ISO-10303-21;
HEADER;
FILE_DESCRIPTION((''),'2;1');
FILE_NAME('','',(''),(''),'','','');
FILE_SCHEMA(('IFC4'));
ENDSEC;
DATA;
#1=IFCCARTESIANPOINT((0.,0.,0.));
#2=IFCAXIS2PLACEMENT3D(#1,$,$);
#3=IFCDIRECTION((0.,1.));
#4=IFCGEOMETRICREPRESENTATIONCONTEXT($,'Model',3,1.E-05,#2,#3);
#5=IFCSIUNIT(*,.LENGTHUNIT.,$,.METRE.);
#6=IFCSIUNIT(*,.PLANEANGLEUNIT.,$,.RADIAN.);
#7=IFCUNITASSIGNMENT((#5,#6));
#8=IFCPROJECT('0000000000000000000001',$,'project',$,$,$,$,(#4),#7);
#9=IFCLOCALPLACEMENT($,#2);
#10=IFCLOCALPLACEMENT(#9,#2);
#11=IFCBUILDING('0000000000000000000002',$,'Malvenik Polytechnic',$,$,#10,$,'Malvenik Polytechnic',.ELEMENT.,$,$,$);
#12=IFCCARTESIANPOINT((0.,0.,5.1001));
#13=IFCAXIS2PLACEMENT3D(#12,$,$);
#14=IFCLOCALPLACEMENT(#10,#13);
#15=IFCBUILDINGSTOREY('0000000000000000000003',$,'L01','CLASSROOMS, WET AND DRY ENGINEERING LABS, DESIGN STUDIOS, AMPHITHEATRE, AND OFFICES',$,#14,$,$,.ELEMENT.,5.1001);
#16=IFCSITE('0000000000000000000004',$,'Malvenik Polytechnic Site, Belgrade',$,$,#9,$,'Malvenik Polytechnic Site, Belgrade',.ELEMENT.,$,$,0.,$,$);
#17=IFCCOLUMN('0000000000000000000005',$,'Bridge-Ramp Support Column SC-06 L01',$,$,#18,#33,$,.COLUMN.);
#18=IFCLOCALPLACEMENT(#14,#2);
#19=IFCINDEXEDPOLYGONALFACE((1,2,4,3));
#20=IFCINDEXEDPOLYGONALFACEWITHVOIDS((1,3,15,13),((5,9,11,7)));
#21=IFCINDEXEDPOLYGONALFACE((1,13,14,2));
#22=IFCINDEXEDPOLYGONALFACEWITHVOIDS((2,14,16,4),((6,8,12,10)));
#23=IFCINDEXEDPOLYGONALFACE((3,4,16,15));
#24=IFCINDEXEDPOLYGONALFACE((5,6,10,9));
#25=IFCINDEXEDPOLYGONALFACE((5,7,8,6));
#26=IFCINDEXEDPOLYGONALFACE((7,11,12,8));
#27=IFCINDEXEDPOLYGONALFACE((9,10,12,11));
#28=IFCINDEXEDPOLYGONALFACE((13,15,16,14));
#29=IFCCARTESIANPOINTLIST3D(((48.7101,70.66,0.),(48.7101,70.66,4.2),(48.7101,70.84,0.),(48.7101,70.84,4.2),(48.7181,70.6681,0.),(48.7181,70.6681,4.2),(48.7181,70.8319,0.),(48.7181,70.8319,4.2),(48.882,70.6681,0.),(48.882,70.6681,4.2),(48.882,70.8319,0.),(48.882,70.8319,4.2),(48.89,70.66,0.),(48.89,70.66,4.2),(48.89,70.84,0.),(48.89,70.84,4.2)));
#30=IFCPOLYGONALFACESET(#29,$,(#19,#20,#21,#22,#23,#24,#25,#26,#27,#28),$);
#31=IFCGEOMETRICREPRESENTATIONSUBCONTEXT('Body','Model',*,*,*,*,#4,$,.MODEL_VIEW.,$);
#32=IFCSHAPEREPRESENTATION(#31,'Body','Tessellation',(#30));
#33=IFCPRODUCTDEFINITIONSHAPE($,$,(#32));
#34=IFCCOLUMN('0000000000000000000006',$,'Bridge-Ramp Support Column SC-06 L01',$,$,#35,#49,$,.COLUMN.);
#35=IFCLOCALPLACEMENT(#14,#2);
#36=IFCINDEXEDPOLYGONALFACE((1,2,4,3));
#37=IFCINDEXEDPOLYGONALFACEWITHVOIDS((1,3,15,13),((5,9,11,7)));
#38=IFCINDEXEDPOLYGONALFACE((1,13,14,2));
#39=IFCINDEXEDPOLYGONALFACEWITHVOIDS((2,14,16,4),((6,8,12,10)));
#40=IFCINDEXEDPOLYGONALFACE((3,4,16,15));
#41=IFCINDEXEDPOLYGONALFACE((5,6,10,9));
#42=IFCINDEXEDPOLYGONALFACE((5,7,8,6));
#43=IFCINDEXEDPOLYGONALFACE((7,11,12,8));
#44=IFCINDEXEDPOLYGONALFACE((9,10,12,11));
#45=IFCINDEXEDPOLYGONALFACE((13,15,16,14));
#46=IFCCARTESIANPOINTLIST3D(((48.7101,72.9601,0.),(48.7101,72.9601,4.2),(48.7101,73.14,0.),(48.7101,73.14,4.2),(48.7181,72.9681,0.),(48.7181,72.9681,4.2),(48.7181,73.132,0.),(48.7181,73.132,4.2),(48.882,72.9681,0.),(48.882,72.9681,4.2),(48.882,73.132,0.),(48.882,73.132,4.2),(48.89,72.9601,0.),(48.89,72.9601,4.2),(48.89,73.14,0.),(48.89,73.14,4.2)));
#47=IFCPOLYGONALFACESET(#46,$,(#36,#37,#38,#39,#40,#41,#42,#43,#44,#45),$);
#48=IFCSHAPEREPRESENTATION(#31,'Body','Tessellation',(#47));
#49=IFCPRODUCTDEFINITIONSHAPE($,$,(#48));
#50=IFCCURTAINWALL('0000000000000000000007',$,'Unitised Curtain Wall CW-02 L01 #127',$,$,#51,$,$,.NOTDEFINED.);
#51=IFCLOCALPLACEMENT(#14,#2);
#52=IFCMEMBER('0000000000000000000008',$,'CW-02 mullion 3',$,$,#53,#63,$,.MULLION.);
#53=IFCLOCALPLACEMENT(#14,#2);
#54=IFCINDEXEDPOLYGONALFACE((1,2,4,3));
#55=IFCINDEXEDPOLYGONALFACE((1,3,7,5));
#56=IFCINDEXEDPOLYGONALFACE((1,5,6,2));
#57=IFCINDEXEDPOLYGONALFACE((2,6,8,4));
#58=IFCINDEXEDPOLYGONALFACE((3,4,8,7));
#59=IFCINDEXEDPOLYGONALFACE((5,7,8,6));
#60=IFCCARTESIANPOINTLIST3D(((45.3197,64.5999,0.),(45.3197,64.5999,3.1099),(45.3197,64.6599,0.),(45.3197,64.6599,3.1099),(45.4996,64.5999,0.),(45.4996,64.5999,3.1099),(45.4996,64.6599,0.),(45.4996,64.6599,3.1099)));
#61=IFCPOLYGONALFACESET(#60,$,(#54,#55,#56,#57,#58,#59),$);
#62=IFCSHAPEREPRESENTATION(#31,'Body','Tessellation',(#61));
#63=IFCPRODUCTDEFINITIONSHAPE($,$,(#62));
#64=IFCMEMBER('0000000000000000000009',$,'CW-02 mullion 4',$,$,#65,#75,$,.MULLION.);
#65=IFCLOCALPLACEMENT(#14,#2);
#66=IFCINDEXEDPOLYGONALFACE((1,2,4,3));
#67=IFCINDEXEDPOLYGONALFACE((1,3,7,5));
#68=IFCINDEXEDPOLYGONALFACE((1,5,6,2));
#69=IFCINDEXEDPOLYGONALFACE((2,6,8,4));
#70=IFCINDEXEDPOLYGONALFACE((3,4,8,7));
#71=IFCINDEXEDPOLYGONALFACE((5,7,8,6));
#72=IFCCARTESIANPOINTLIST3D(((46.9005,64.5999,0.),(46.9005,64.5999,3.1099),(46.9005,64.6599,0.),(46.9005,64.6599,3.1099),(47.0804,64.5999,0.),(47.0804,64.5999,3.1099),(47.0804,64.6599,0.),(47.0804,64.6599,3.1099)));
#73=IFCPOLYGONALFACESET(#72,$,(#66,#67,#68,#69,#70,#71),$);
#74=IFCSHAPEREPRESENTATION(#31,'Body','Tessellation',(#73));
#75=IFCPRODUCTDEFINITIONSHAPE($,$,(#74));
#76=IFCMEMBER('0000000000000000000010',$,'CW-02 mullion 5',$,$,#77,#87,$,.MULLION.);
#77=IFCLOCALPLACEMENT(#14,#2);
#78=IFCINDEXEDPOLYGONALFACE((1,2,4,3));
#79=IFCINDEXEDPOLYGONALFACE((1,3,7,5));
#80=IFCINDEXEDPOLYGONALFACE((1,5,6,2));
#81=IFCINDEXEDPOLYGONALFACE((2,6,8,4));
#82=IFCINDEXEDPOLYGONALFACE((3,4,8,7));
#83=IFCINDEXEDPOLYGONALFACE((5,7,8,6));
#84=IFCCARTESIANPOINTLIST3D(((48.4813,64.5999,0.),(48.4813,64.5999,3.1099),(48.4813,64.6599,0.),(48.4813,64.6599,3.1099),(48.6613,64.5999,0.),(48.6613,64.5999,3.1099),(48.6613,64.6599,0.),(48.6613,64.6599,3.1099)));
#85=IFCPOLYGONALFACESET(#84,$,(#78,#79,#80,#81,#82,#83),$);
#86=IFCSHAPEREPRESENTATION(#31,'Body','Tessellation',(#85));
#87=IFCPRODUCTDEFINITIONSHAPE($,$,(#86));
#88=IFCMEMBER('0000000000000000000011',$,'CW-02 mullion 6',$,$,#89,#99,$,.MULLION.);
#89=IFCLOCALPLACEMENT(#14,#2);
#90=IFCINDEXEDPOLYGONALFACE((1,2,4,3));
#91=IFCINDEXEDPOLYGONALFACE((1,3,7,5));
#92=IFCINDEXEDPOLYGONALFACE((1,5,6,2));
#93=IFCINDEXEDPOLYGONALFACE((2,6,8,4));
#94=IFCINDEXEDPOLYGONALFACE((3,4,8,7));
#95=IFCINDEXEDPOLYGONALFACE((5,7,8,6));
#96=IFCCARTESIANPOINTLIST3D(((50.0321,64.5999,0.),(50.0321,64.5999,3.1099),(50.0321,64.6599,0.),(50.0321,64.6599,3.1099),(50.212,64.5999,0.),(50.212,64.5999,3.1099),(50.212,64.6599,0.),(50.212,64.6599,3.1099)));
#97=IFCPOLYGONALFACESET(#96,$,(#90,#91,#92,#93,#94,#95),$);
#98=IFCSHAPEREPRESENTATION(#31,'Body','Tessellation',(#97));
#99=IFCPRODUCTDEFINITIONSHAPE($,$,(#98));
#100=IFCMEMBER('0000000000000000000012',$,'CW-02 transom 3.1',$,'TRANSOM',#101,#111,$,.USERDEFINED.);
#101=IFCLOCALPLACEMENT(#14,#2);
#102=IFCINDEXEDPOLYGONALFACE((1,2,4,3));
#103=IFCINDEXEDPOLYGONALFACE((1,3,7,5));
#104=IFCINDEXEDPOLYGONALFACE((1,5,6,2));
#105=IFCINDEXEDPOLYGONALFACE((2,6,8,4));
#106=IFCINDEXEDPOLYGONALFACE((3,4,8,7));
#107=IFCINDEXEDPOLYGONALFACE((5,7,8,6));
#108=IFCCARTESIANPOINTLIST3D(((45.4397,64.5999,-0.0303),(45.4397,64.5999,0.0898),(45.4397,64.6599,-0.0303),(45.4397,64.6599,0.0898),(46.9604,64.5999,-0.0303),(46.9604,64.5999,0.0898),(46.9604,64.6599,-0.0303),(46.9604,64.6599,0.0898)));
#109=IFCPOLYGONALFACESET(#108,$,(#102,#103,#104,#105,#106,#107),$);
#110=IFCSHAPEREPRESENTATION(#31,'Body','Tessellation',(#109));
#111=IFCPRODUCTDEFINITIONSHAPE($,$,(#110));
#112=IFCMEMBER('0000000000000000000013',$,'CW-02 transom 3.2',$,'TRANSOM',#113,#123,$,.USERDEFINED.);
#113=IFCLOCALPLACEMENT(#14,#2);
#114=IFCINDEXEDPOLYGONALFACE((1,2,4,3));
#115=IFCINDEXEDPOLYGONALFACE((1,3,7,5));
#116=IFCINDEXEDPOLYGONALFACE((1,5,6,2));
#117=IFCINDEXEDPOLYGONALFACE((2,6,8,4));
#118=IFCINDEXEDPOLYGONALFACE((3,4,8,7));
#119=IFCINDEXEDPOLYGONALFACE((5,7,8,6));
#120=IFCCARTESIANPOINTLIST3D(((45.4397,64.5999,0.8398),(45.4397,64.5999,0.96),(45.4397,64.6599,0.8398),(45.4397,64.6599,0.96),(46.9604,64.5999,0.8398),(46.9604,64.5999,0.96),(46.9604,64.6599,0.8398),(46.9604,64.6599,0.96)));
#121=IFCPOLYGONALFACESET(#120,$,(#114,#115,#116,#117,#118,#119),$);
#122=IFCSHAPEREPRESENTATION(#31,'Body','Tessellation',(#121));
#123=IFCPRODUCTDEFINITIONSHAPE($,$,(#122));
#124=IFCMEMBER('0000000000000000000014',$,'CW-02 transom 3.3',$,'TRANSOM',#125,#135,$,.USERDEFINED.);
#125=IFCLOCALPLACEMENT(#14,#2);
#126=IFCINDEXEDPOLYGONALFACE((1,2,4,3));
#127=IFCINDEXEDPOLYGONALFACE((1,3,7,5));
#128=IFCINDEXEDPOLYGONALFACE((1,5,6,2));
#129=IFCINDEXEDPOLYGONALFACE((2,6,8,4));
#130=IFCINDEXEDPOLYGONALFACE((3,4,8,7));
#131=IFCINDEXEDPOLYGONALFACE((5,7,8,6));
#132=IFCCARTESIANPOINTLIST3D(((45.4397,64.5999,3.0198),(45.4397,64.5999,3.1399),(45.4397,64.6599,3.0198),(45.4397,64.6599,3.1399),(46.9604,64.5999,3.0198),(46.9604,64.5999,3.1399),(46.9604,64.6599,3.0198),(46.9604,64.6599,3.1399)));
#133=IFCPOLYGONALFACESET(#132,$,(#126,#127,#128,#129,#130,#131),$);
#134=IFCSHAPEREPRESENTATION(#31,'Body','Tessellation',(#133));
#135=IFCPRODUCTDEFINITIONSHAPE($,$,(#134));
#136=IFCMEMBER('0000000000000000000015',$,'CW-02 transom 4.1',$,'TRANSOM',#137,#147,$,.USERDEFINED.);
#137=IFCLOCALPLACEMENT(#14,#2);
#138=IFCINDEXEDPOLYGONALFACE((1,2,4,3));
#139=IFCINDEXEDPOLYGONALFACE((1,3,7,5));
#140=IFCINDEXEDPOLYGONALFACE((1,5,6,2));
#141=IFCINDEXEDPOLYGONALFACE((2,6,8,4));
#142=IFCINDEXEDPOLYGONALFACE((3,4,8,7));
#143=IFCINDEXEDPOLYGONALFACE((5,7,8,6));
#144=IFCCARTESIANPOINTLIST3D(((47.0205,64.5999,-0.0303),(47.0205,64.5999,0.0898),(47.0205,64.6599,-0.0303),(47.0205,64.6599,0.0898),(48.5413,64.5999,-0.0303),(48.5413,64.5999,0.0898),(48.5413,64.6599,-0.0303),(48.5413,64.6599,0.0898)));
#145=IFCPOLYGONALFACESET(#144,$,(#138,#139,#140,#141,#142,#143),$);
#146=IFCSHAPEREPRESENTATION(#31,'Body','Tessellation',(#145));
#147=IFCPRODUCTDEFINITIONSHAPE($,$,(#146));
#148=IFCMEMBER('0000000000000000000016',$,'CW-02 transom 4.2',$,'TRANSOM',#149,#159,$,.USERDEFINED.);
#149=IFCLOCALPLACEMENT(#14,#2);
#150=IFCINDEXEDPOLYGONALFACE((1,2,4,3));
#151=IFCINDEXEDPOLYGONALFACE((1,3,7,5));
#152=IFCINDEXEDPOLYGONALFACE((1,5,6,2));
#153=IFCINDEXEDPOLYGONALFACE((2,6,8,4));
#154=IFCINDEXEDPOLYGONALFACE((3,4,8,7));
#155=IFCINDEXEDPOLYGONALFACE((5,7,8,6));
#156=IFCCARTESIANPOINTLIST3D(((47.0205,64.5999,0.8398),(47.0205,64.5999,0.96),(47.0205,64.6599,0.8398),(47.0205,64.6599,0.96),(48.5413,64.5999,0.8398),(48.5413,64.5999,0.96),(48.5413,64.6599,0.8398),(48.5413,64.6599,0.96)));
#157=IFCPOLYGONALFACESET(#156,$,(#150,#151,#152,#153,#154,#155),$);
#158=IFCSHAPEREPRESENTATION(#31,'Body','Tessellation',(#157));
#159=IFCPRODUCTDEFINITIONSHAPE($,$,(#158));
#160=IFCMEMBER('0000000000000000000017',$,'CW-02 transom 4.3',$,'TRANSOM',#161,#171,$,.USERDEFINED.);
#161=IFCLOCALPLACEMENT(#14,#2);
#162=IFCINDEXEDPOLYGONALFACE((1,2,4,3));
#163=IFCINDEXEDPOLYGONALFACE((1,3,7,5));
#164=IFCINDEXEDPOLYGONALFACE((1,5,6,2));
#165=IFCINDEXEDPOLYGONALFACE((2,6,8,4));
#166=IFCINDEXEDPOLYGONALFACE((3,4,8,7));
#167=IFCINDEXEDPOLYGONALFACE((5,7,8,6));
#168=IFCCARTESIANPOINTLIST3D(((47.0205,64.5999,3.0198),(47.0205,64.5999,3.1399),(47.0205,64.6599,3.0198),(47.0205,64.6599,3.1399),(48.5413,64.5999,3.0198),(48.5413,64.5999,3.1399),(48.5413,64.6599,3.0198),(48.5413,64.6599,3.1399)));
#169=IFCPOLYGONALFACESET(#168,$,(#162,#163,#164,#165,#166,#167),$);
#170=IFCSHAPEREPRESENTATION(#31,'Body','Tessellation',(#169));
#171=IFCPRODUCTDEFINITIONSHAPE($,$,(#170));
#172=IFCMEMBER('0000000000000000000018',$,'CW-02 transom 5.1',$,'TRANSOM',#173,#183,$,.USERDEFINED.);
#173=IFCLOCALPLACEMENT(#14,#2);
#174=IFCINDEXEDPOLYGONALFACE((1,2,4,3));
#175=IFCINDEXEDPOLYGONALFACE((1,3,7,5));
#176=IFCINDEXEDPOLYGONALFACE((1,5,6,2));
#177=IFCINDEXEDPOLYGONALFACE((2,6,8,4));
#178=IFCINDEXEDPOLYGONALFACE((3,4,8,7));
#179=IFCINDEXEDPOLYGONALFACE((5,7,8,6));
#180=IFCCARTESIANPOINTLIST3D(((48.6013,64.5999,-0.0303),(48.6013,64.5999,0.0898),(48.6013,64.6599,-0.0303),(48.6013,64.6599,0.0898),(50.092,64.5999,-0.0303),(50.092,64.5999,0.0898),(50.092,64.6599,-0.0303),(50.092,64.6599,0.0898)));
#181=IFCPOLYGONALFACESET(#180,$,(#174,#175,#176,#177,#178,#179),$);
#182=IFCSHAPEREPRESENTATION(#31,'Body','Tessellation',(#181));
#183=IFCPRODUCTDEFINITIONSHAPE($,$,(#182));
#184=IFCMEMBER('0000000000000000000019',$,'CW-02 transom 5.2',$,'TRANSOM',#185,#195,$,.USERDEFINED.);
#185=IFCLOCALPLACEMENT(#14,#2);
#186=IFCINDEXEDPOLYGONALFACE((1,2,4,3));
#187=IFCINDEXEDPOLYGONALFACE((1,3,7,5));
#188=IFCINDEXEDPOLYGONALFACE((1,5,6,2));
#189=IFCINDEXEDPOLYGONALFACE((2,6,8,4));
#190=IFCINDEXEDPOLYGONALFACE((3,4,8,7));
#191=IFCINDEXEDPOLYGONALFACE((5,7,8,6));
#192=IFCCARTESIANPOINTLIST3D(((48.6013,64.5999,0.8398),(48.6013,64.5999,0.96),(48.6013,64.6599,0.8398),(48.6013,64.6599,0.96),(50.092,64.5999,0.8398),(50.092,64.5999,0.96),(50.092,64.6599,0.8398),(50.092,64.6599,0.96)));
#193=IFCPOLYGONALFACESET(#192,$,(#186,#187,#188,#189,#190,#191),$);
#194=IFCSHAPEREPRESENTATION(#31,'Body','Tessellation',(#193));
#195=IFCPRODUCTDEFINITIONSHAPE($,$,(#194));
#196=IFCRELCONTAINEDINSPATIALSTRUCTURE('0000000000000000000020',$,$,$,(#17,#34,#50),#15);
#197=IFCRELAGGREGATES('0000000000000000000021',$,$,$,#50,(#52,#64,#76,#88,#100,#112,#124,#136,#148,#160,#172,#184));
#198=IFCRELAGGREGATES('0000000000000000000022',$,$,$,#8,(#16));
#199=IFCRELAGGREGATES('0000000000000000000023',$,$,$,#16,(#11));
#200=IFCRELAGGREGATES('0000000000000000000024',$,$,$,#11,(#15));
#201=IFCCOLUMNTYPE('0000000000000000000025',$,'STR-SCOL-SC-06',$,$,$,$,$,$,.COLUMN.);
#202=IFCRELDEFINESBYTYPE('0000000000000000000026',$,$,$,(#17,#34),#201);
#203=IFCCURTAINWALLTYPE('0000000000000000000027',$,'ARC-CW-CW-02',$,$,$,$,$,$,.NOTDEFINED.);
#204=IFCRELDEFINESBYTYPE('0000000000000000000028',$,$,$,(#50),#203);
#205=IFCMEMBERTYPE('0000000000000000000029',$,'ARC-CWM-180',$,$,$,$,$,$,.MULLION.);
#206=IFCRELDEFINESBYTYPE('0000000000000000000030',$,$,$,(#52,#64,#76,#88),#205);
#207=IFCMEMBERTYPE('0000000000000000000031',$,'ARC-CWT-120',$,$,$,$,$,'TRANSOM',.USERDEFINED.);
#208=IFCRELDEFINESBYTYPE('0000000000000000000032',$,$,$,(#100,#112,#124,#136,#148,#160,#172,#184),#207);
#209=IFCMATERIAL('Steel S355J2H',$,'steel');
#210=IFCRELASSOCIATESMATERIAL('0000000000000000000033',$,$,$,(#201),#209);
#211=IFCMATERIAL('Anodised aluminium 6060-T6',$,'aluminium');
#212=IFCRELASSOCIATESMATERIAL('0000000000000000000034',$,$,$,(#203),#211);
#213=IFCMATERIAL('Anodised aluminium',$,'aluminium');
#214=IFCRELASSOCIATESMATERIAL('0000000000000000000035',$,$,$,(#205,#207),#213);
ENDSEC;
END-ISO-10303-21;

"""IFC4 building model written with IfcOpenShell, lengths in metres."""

from ifc_helpers import new_model, si_unit, direction, frame, origin, origin_2d, place, context, subcontext, project, spatial, rectangle, hollow_rectangle, extrude, material, material_profile, profile_set, type_object, element, aggregate, save


model = new_model("IFC4")

# Units and contexts
model_context = context("Model", 3, precision=1e-05, world=origin(), true_north=direction((0.0, 1.0)))
body_context = subcontext(model_context, "Body", "Model", "MODEL_VIEW")
ifc_project = project(units=[si_unit("LENGTHUNIT", "METRE"), si_unit("PLANEANGLEUNIT", "RADIAN")], contexts=[model_context])

# Site, building, storey
site_placement = place(None, origin())
site = spatial("IfcSite", under=ifc_project, at=site_placement, Name="Malvenik Polytechnic Site, Belgrade", LongName="Malvenik Polytechnic Site, Belgrade", CompositionType="ELEMENT", RefElevation=0.0)
building_placement = place(site_placement, origin())
building = spatial("IfcBuilding", under=site, at=building_placement, Name="Malvenik Polytechnic", LongName="Malvenik Polytechnic", CompositionType="ELEMENT")
storey_placement = place(building_placement, frame((0.0, 0.0, 5.1001)))
storey = spatial("IfcBuildingStorey", under=building, at=storey_placement, Name="L01", Description="CLASSROOMS, WET AND DRY ENGINEERING LABS, DESIGN STUDIOS, AMPHITHEATRE, AND OFFICES", CompositionType="ELEMENT", Elevation=5.1001)

# Columns
ifc_material_1 = material(Name="Steel S355J2H", Category="steel")
ifc_material_profile_1 = material_profile(ifc_material_1, hollow_rectangle(XDim=0.1799, YDim=0.1799, WallThickness=0.0081, at=origin_2d()), Name="SHS 180x180x8.0")
ifc_profile_set_1 = profile_set([ifc_material_profile_1], Name="Steel S355J2H")
column_type = type_object("IfcColumnType", Name="STR-SCOL-SC-06", PredefinedType="COLUMN", material=ifc_profile_set_1)
for number, where, z_axis, x_axis, name in (
    (1, (48.8, 70.75, 0.0), (0.0, 0.0, 1.0), (1.0, 0.0, 0.0), "Bridge-Ramp Support Column SC-06 L01"),
    (2, (48.8, 73.05, 0.0), (0.0, 0.0, 1.0), (1.0, 0.0, 0.0), "Bridge-Ramp Support Column SC-06 L01"),
):
    element("IfcColumn", number, at=place(storey_placement, frame(where, z_axis=z_axis, x_axis=x_axis)), inside=storey, type_object=column_type, Name=name, PredefinedType="COLUMN", context=body_context, shape_type="SweptSolid", body=[
        extrude(hollow_rectangle(XDim=0.1799, YDim=0.1799, WallThickness=0.0081, at=origin_2d()), origin(), (0.0, 0.0, 1.0), 4.2),
    ])

# Curtain wall, members
ifc_material_2 = material(Name="Anodised aluminium 6060-T6", Category="aluminium")
curtain_wall_type = type_object("IfcCurtainWallType", Name="ARC-CW-CW-02", PredefinedType="NOTDEFINED", material=ifc_material_2)
curtain_wall_placement = place(storey_placement, origin())
curtain_wall = element("IfcCurtainWall", 3, at=curtain_wall_placement, inside=storey, type_object=curtain_wall_type, Name="Unitised Curtain Wall CW-02 L01 #127", PredefinedType="NOTDEFINED")
ifc_material_3 = material(Name="Anodised aluminium", Category="aluminium")
ifc_material_profile_2 = material_profile(ifc_material_3, rectangle(XDim=0.0601, YDim=0.1799, at=origin_2d()), Name="ALU MULLION 60x180")
ifc_profile_set_2 = profile_set([ifc_material_profile_2], Name="Anodised aluminium")
member_type_1 = type_object("IfcMemberType", Name="ARC-CWM-180", PredefinedType="MULLION", material=ifc_profile_set_2)
member_1_placement = place(storey_placement, frame((45.4097, 64.6299, 0.0), z_axis=(0.0, 0.0, 1.0), x_axis=(0.0, 1.0, 0.0)))
member_1 = element("IfcMember", 4, at=member_1_placement, type_object=member_type_1, Name="CW-02 mullion 3", PredefinedType="MULLION", context=body_context, shape_type="SweptSolid", body=[
    extrude(rectangle(XDim=0.0601, YDim=0.1799, at=origin_2d()), origin(), (0.0, 0.0, 1.0), 3.1099),
])
member_2_placement = place(storey_placement, frame((46.9905, 64.6299, 0.0), z_axis=(0.0, 0.0, 1.0), x_axis=(0.0, 1.0, 0.0)))
member_2 = element("IfcMember", 5, at=member_2_placement, type_object=member_type_1, Name="CW-02 mullion 4", PredefinedType="MULLION", context=body_context, shape_type="SweptSolid", body=[
    extrude(rectangle(XDim=0.0601, YDim=0.1799, at=origin_2d()), origin(), (0.0, 0.0, 1.0), 3.1099),
])
member_3_placement = place(storey_placement, frame((48.5713, 64.6299, 0.0), z_axis=(0.0, 0.0, 1.0), x_axis=(0.0, 1.0, 0.0)))
member_3 = element("IfcMember", 6, at=member_3_placement, type_object=member_type_1, Name="CW-02 mullion 5", PredefinedType="MULLION", context=body_context, shape_type="SweptSolid", body=[
    extrude(rectangle(XDim=0.0601, YDim=0.1799, at=origin_2d()), origin(), (0.0, 0.0, 1.0), 3.1099),
])
member_4_placement = place(storey_placement, frame((50.1221, 64.6299, 0.0), z_axis=(0.0, 0.0, 1.0), x_axis=(0.0, 1.0, 0.0)))
member_4 = element("IfcMember", 7, at=member_4_placement, type_object=member_type_1, Name="CW-02 mullion 6", PredefinedType="MULLION", context=body_context, shape_type="SweptSolid", body=[
    extrude(rectangle(XDim=0.0601, YDim=0.1799, at=origin_2d()), origin(), (0.0, 0.0, 1.0), 3.1099),
])
ifc_material_profile_3 = material_profile(ifc_material_3, rectangle(XDim=0.0601, YDim=0.1201, at=origin_2d()), Name="ALU TRANSOM 60x120")
ifc_profile_set_3 = profile_set([ifc_material_profile_3], Name="Anodised aluminium")
member_type_2 = type_object("IfcMemberType", Name="ARC-CWT-120", ElementType="TRANSOM", PredefinedType="USERDEFINED", material=ifc_profile_set_3)
member_5_placement = place(storey_placement, frame((45.4397, 64.6299, 0.0298), z_axis=(1.0, 0.0, 0.0), x_axis=(0.0, 1.0, 0.0)))
member_5 = element("IfcMember", 8, at=member_5_placement, type_object=member_type_2, Name="CW-02 transom 3.1", ObjectType="TRANSOM", PredefinedType="USERDEFINED", context=body_context, shape_type="SweptSolid", body=[
    extrude(rectangle(XDim=0.0601, YDim=0.1201, at=origin_2d()), origin(), (0.0, 0.0, 1.0), 1.5208),
])
member_6_placement = place(storey_placement, frame((45.4397, 64.6299, 0.8999), z_axis=(1.0, 0.0, 0.0), x_axis=(0.0, 1.0, 0.0)))
member_6 = element("IfcMember", 9, at=member_6_placement, type_object=member_type_2, Name="CW-02 transom 3.2", ObjectType="TRANSOM", PredefinedType="USERDEFINED", context=body_context, shape_type="SweptSolid", body=[
    extrude(rectangle(XDim=0.0601, YDim=0.1201, at=origin_2d()), origin(), (0.0, 0.0, 1.0), 1.5208),
])
member_7_placement = place(storey_placement, frame((45.4397, 64.6299, 3.0798), z_axis=(1.0, 0.0, 0.0), x_axis=(0.0, 1.0, 0.0)))
member_7 = element("IfcMember", 10, at=member_7_placement, type_object=member_type_2, Name="CW-02 transom 3.3", ObjectType="TRANSOM", PredefinedType="USERDEFINED", context=body_context, shape_type="SweptSolid", body=[
    extrude(rectangle(XDim=0.0601, YDim=0.1201, at=origin_2d()), origin(), (0.0, 0.0, 1.0), 1.5208),
])
member_8_placement = place(storey_placement, frame((47.0205, 64.6299, 0.0298), z_axis=(1.0, 0.0, 0.0), x_axis=(0.0, 1.0, 0.0)))
member_8 = element("IfcMember", 11, at=member_8_placement, type_object=member_type_2, Name="CW-02 transom 4.1", ObjectType="TRANSOM", PredefinedType="USERDEFINED", context=body_context, shape_type="SweptSolid", body=[
    extrude(rectangle(XDim=0.0601, YDim=0.1201, at=origin_2d()), origin(), (0.0, 0.0, 1.0), 1.5208),
])
member_9_placement = place(storey_placement, frame((47.0205, 64.6299, 0.8999), z_axis=(1.0, 0.0, 0.0), x_axis=(0.0, 1.0, 0.0)))
member_9 = element("IfcMember", 12, at=member_9_placement, type_object=member_type_2, Name="CW-02 transom 4.2", ObjectType="TRANSOM", PredefinedType="USERDEFINED", context=body_context, shape_type="SweptSolid", body=[
    extrude(rectangle(XDim=0.0601, YDim=0.1201, at=origin_2d()), origin(), (0.0, 0.0, 1.0), 1.5208),
])
member_10_placement = place(storey_placement, frame((47.0205, 64.6299, 3.0798), z_axis=(1.0, 0.0, 0.0), x_axis=(0.0, 1.0, 0.0)))
member_10 = element("IfcMember", 13, at=member_10_placement, type_object=member_type_2, Name="CW-02 transom 4.3", ObjectType="TRANSOM", PredefinedType="USERDEFINED", context=body_context, shape_type="SweptSolid", body=[
    extrude(rectangle(XDim=0.0601, YDim=0.1201, at=origin_2d()), origin(), (0.0, 0.0, 1.0), 1.5208),
])
member_11_placement = place(storey_placement, frame((48.6013, 64.6299, 0.0298), z_axis=(1.0, 0.0, 0.0), x_axis=(0.0, 1.0, 0.0)))
member_11 = element("IfcMember", 14, at=member_11_placement, type_object=member_type_2, Name="CW-02 transom 5.1", ObjectType="TRANSOM", PredefinedType="USERDEFINED", context=body_context, shape_type="SweptSolid", body=[
    extrude(rectangle(XDim=0.0601, YDim=0.1201, at=origin_2d()), origin(), (0.0, 0.0, 1.0), 1.4907),
])
member_12_placement = place(storey_placement, frame((48.6013, 64.6299, 0.8999), z_axis=(1.0, 0.0, 0.0), x_axis=(0.0, 1.0, 0.0)))
member_12 = element("IfcMember", 15, at=member_12_placement, type_object=member_type_2, Name="CW-02 transom 5.2", ObjectType="TRANSOM", PredefinedType="USERDEFINED", context=body_context, shape_type="SweptSolid", body=[
    extrude(rectangle(XDim=0.0601, YDim=0.1201, at=origin_2d()), origin(), (0.0, 0.0, 1.0), 1.4907),
])
aggregate(curtain_wall, [member_1, member_2, member_3, member_4, member_5, member_6, member_7, member_8, member_9, member_10, member_11, member_12])

save(model, "model.ifc")
